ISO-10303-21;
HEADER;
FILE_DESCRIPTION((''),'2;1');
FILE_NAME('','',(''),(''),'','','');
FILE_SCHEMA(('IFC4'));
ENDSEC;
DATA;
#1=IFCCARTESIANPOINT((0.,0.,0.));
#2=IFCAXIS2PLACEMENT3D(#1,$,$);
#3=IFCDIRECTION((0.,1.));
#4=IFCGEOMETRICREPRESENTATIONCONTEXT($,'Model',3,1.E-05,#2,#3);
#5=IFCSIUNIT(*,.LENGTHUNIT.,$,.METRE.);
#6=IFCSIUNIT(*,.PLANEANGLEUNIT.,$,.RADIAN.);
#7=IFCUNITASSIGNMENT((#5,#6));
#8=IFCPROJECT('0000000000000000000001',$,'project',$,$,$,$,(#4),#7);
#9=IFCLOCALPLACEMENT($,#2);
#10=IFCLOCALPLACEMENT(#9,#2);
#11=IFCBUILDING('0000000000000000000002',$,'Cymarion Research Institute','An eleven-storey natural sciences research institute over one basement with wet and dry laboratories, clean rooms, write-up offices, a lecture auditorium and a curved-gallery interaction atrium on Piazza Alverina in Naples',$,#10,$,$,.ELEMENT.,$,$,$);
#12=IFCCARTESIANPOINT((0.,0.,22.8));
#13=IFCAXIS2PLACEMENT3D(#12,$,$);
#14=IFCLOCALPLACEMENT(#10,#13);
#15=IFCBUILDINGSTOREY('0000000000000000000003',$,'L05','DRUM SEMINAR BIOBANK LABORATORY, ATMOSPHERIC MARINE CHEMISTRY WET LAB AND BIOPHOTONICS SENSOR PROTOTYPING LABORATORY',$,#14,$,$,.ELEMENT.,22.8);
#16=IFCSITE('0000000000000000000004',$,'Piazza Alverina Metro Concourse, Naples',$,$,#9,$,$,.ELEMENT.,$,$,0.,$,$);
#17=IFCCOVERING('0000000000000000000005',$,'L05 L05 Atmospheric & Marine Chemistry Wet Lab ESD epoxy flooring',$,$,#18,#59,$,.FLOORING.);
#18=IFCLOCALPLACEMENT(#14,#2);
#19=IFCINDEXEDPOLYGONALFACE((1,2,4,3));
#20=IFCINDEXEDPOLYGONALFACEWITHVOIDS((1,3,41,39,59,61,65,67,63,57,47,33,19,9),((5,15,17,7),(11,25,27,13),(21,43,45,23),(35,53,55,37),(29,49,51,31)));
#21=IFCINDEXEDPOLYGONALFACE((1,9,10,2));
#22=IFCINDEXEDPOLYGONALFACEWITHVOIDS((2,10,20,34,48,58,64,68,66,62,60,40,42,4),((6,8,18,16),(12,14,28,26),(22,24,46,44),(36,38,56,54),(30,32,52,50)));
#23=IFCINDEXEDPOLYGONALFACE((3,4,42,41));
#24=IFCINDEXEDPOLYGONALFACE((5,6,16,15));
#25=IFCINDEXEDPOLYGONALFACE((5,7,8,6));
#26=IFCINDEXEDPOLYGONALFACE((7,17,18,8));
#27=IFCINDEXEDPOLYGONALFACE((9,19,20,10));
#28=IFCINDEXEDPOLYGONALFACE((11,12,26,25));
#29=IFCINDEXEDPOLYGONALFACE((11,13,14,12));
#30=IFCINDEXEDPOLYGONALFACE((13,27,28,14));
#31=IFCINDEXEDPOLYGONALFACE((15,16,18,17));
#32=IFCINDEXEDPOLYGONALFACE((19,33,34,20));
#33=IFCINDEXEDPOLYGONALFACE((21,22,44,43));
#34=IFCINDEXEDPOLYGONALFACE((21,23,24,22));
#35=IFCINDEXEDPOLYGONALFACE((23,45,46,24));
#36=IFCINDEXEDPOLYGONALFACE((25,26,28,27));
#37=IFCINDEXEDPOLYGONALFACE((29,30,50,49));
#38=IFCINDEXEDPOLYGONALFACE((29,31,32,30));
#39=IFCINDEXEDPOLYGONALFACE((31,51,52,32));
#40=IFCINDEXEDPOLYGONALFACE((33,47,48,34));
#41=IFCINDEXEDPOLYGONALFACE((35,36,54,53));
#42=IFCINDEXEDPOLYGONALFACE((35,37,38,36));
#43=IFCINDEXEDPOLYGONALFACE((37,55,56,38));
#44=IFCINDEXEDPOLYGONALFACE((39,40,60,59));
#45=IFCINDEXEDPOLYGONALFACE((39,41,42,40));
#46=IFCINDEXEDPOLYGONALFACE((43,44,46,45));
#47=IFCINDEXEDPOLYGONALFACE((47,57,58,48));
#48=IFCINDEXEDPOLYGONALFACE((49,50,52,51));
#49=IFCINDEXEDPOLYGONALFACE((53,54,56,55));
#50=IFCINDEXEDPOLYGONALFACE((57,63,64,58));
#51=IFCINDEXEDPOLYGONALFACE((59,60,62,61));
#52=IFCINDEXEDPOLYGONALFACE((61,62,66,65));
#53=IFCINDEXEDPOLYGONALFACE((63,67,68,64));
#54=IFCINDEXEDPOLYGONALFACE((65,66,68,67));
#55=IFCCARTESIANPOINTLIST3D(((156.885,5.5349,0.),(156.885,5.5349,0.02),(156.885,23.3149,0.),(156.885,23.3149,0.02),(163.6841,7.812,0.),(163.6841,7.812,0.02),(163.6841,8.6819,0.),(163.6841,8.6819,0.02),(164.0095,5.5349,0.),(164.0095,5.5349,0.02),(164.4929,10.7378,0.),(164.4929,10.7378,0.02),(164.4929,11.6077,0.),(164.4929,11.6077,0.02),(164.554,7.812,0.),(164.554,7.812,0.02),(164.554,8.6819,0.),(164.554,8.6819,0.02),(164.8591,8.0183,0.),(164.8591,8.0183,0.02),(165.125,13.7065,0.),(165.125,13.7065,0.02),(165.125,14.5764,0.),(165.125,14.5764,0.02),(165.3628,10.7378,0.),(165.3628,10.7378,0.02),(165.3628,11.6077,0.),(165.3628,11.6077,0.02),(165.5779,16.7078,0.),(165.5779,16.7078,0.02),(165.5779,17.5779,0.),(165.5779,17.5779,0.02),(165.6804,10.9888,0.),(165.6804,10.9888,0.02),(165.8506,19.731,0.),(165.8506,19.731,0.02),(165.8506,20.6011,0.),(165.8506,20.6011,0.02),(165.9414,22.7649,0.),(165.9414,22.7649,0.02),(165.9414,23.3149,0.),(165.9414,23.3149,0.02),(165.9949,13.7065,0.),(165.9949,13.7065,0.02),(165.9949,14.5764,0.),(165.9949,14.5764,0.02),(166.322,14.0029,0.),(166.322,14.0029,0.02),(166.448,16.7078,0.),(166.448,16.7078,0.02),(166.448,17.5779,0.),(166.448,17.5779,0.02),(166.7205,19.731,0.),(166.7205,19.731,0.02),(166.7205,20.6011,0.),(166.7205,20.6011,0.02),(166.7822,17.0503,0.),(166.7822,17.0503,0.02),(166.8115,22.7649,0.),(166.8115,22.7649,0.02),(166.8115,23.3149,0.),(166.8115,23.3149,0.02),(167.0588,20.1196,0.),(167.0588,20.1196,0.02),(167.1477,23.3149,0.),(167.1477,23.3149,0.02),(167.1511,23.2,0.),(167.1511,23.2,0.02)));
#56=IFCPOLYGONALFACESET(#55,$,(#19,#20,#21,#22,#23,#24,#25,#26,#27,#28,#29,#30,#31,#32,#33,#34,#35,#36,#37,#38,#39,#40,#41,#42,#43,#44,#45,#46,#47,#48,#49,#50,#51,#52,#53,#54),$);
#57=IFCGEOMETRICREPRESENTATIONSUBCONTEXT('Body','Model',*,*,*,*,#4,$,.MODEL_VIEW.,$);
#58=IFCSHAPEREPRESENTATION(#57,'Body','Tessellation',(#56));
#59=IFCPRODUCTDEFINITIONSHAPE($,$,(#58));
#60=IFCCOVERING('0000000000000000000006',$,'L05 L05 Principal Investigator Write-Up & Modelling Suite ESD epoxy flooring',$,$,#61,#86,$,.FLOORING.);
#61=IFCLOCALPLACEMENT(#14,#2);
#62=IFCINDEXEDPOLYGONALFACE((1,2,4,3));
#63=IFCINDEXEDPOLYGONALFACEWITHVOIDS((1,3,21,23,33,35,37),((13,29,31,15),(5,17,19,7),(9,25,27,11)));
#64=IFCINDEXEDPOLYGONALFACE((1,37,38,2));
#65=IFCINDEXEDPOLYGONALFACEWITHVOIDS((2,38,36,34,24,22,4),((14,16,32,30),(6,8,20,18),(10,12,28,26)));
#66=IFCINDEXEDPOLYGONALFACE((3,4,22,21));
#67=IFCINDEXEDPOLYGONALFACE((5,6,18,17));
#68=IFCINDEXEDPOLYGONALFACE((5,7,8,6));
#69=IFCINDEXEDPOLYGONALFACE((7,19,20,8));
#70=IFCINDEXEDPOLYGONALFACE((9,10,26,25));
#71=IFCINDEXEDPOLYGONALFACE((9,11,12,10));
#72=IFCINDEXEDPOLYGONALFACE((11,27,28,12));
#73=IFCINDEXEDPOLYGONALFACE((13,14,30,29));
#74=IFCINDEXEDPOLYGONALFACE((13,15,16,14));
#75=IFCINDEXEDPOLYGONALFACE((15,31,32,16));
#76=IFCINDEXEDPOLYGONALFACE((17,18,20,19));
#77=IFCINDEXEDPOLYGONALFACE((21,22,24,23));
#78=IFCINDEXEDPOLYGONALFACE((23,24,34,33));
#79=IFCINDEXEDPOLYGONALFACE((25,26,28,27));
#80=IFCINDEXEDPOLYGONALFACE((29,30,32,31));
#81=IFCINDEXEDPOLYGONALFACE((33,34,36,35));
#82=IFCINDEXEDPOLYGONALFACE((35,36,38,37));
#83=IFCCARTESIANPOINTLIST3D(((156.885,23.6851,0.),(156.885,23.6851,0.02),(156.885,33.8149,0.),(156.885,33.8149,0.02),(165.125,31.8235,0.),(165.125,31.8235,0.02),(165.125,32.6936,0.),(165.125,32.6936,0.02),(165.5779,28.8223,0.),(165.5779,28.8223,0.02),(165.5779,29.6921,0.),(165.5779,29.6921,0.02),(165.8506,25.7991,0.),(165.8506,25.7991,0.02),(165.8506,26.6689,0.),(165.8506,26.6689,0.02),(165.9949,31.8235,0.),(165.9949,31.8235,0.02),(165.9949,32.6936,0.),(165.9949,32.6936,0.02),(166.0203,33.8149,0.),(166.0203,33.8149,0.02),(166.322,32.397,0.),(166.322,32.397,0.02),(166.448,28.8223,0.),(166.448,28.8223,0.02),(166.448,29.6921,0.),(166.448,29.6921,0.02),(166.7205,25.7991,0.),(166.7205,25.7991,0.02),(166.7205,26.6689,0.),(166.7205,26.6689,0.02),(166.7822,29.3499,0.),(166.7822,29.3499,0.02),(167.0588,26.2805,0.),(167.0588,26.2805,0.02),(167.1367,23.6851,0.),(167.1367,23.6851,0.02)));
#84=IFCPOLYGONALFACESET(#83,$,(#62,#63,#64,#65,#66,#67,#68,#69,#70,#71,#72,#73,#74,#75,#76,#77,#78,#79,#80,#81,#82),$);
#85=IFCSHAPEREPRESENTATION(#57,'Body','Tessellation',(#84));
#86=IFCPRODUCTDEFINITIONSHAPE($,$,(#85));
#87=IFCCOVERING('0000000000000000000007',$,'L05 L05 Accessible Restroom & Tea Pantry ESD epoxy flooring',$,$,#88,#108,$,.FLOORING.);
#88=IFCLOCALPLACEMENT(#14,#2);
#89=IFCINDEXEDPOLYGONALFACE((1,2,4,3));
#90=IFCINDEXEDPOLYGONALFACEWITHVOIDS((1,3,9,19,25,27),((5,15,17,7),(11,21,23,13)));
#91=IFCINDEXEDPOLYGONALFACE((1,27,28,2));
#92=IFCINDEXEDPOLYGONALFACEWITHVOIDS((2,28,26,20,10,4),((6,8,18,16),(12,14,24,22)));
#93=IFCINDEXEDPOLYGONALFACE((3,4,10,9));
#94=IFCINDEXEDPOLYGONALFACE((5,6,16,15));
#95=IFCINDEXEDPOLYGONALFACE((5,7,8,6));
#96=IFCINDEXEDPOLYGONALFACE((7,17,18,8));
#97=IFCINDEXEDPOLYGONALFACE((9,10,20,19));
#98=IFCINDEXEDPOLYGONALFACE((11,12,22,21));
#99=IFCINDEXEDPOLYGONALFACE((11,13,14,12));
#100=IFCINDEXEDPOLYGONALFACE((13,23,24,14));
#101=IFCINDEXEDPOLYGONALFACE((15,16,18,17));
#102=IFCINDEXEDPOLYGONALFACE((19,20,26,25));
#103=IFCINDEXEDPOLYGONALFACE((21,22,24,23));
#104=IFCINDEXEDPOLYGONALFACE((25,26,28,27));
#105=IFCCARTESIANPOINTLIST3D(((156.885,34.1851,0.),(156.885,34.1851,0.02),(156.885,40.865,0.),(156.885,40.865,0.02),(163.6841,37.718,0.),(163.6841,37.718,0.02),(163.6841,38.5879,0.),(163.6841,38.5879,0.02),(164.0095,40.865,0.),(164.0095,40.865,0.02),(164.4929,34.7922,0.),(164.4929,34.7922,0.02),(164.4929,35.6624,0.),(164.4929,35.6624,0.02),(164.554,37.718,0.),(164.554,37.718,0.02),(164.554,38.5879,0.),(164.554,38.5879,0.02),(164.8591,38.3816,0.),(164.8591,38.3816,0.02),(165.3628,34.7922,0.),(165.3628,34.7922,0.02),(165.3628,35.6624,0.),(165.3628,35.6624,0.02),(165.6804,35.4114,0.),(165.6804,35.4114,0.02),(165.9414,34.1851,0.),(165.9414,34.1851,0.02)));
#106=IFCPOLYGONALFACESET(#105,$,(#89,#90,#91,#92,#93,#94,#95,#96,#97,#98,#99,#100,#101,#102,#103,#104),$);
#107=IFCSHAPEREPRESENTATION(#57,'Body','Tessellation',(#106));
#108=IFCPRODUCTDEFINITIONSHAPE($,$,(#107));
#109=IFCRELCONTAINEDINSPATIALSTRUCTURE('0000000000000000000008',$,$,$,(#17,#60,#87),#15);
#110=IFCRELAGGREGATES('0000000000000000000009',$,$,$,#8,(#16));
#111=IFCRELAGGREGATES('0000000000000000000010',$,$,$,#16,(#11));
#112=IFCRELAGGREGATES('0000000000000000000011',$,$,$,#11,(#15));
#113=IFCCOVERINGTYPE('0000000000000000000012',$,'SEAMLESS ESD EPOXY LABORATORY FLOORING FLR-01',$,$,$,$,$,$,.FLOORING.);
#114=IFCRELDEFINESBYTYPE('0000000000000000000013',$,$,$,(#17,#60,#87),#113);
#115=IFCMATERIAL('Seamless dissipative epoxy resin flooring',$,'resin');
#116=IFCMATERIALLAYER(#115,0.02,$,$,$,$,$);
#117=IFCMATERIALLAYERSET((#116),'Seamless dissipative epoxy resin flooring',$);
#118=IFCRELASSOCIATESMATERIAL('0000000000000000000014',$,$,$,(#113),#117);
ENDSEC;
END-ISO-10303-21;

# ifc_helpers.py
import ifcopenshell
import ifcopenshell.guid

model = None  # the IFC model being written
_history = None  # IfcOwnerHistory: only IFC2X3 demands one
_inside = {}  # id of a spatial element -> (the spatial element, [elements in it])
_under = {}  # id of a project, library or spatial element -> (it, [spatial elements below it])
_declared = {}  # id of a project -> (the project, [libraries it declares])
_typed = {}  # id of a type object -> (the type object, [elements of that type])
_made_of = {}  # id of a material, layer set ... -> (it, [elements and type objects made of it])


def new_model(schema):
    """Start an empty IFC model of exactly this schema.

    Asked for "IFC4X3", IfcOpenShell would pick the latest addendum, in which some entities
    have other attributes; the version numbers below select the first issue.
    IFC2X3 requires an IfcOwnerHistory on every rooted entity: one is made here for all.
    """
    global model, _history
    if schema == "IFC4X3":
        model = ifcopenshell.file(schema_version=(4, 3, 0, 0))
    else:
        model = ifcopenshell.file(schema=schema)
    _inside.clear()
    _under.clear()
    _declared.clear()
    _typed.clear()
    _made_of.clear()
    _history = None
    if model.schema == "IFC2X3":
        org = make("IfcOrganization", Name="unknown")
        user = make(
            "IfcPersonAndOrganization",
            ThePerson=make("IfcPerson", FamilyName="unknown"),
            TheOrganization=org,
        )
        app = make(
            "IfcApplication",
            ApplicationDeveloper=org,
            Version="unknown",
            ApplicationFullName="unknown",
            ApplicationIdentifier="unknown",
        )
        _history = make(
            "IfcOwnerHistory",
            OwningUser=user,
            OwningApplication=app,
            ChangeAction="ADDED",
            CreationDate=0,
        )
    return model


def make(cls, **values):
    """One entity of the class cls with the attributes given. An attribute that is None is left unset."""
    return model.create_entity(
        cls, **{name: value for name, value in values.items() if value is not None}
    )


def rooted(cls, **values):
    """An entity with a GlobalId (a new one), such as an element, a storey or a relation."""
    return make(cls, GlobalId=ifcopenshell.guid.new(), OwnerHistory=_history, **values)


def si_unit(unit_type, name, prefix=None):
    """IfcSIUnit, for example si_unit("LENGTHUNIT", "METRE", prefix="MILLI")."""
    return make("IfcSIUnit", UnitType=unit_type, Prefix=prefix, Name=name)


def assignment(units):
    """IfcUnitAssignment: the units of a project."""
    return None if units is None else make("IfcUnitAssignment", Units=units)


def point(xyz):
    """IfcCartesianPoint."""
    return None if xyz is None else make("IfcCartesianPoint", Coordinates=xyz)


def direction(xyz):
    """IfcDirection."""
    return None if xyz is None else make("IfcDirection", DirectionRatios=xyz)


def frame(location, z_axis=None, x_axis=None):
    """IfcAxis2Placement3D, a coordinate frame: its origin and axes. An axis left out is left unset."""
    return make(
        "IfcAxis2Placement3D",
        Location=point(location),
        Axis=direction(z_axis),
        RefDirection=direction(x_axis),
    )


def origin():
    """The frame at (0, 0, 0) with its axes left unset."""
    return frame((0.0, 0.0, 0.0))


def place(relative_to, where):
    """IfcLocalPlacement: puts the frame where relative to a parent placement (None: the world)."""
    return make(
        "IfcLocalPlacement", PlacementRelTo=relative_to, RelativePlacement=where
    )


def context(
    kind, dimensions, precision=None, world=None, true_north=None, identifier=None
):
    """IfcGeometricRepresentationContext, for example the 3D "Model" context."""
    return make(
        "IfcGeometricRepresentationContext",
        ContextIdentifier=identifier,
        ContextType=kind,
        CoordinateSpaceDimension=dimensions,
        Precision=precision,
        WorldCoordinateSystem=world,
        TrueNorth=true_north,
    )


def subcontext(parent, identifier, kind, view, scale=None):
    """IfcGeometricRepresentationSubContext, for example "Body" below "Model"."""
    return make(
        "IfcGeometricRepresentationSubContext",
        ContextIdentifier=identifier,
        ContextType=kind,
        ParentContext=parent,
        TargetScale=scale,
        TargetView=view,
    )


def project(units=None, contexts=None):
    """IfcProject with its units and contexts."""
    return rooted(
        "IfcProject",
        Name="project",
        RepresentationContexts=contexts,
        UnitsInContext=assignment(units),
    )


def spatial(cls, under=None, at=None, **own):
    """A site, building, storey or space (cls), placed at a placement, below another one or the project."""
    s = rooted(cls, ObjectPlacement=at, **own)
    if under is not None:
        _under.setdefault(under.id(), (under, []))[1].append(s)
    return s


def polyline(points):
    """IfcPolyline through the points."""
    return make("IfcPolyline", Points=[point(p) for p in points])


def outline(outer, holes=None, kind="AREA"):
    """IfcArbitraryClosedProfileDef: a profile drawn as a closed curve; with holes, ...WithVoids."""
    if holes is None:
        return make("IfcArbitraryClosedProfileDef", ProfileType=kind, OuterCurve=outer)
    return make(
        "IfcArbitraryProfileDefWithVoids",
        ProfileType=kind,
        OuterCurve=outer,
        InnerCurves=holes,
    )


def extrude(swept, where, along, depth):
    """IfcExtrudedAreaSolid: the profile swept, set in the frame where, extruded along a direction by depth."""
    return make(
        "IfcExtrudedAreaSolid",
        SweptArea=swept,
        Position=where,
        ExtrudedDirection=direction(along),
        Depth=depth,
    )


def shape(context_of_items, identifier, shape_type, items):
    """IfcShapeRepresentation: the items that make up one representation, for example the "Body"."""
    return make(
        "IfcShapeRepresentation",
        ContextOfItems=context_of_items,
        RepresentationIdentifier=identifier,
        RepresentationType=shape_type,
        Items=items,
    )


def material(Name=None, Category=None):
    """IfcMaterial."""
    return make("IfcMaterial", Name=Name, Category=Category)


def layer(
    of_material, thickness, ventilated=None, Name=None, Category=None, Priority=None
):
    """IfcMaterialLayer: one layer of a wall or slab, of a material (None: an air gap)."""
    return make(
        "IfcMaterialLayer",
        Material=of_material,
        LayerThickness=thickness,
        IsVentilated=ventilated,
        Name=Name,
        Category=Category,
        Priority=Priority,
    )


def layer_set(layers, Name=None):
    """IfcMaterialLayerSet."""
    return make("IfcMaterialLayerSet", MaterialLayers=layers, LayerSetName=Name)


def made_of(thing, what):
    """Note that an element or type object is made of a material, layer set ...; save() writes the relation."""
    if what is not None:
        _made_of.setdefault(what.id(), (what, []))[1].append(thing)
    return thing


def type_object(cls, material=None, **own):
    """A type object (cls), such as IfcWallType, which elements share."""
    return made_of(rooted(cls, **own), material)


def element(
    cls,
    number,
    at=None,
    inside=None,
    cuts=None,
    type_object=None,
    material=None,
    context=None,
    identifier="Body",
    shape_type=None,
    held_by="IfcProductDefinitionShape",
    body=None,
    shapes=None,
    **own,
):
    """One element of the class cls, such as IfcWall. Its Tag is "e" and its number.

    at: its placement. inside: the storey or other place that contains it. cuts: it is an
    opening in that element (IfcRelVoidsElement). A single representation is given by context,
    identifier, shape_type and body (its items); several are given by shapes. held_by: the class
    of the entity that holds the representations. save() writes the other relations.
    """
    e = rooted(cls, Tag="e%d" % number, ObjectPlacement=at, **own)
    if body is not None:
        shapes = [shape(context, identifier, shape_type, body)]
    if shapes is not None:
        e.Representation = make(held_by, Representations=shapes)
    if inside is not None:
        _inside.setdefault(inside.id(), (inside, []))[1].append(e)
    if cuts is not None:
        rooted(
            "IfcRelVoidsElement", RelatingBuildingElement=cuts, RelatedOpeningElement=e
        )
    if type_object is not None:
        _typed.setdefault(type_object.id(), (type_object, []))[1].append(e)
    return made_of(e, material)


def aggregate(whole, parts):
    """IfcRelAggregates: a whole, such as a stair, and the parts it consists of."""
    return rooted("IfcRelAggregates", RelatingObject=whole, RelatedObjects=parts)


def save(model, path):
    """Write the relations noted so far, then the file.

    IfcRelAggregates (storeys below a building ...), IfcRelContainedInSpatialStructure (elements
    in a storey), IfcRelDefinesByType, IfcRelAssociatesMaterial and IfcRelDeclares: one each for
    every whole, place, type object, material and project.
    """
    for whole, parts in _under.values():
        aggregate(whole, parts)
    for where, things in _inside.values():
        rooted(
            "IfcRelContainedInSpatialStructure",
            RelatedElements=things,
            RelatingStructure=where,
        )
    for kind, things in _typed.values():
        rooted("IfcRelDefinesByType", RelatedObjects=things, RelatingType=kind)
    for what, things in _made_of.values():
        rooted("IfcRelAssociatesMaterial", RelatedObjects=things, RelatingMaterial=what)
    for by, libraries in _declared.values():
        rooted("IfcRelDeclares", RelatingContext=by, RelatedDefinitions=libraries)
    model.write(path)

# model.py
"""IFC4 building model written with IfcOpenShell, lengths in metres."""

from ifc_helpers import new_model, si_unit, direction, frame, origin, place, context, subcontext, project, spatial, polyline, outline, extrude, material, layer, layer_set, type_object, element, save


model = new_model("IFC4")

# Units and contexts
model_context = context("Model", 3, precision=1e-05, world=origin(), true_north=direction((0.0, 1.0)))
body_context = subcontext(model_context, "Body", "Model", "MODEL_VIEW")
ifc_project = project(units=[si_unit("LENGTHUNIT", "METRE"), si_unit("PLANEANGLEUNIT", "RADIAN")], contexts=[model_context])

# Site, building, storey
site_placement = place(None, origin())
site = spatial("IfcSite", under=ifc_project, at=site_placement, Name="Piazza Alverina Metro Concourse, Naples", CompositionType="ELEMENT", RefElevation=0.0)
building_placement = place(site_placement, origin())
building = spatial("IfcBuilding", under=site, at=building_placement, Name="Cymarion Research Institute", Description="An eleven-storey natural sciences research institute over one basement with wet and dry laboratories, clean rooms, write-up offices, a lecture auditorium and a curved-gallery interaction atrium on Piazza Alverina in Naples", CompositionType="ELEMENT")
storey_placement = place(building_placement, frame((0.0, 0.0, 22.8)))
storey = spatial("IfcBuildingStorey", under=building, at=storey_placement, Name="L05", Description="DRUM SEMINAR BIOBANK LABORATORY, ATMOSPHERIC MARINE CHEMISTRY WET LAB AND BIOPHOTONICS SENSOR PROTOTYPING LABORATORY", CompositionType="ELEMENT", Elevation=22.8)

# Coverings
ifc_material_1 = material(Name="Seamless dissipative epoxy resin flooring", Category="resin")
ifc_layer_1 = layer(ifc_material_1, 0.02)
ifc_layer_set_1 = layer_set([ifc_layer_1], Name="Seamless dissipative epoxy resin flooring")
covering_type_1 = type_object("IfcCoveringType", Name="SEAMLESS ESD EPOXY LABORATORY FLOORING FLR-01", PredefinedType="FLOORING", material=ifc_layer_set_1)
covering_1_placement = place(storey_placement, origin())
element("IfcCovering", 1, at=covering_1_placement, inside=storey, type_object=covering_type_1, Name="L05 L05 Atmospheric & Marine Chemistry Wet Lab ESD epoxy flooring", PredefinedType="FLOORING", context=body_context, shape_type="SweptSolid", body=[
    extrude(outline(polyline([(156.885, 23.3149), (165.9414, 23.3149), (165.9414, 22.7649), (166.8115, 22.7649), (166.8115, 23.3149), (167.1477, 23.3149), (167.1511, 23.2), (167.0588, 20.1196), (166.7822, 17.0503), (166.322, 14.0029), (165.6804, 10.9888), (164.8591, 8.0183), (164.0095, 5.5349), (156.885, 5.5349), (156.885, 23.3149)]), holes=[polyline([(165.8506, 20.6011), (165.8506, 19.731), (166.7205, 19.731), (166.7205, 20.6011), (165.8506, 20.6011)]), polyline([(165.5779, 17.5779), (165.5779, 16.7078), (166.448, 16.7078), (166.448, 17.5779), (165.5779, 17.5779)]), polyline([(165.125, 14.5764), (165.125, 13.7065), (165.9949, 13.7065), (165.9949, 14.5764), (165.125, 14.5764)]), polyline([(164.4929, 10.7378), (165.3628, 10.7378), (165.3628, 11.6077), (164.4929, 11.6077), (164.4929, 10.7378)]), polyline([(163.6841, 8.6819), (163.6841, 7.812), (164.554, 7.812), (164.554, 8.6819), (163.6841, 8.6819)])]), origin(), (0.0, 0.0, 1.0), 0.02),
])
covering_2_placement = place(storey_placement, origin())
element("IfcCovering", 2, at=covering_2_placement, inside=storey, type_object=covering_type_1, Name="L05 L05 Principal Investigator Write-Up & Modelling Suite ESD epoxy flooring", PredefinedType="FLOORING", context=body_context, shape_type="SweptSolid", body=[
    extrude(outline(polyline([(156.885, 33.8149), (166.0203, 33.8149), (166.322, 32.397), (166.7822, 29.3499), (167.0588, 26.2805), (167.1367, 23.6851), (156.885, 23.6851), (156.885, 33.8149)]), holes=[polyline([(165.8506, 26.6689), (165.8506, 25.7991), (166.7205, 25.7991), (166.7205, 26.6689), (165.8506, 26.6689)]), polyline([(165.5779, 29.6921), (165.5779, 28.8223), (166.448, 28.8223), (166.448, 29.6921), (165.5779, 29.6921)]), polyline([(165.125, 31.8235), (165.9949, 31.8235), (165.9949, 32.6936), (165.125, 32.6936), (165.125, 31.8235)])]), origin(), (0.0, 0.0, 1.0), 0.02),
])
covering_3_placement = place(storey_placement, origin())
element("IfcCovering", 3, at=covering_3_placement, inside=storey, type_object=covering_type_1, Name="L05 L05 Accessible Restroom & Tea Pantry ESD epoxy flooring", PredefinedType="FLOORING", context=body_context, shape_type="SweptSolid", body=[
    extrude(outline(polyline([(156.885, 40.865), (164.0095, 40.865), (164.8591, 38.3816), (165.6804, 35.4114), (165.9414, 34.1851), (156.885, 34.1851), (156.885, 40.865)]), holes=[polyline([(164.4929, 35.6624), (164.4929, 34.7922), (165.3628, 34.7922), (165.3628, 35.6624), (164.4929, 35.6624)]), polyline([(163.6841, 38.5879), (163.6841, 37.718), (164.554, 37.718), (164.554, 38.5879), (163.6841, 38.5879)])]), origin(), (0.0, 0.0, 1.0), 0.02),
])

save(model, "model.ifc")
